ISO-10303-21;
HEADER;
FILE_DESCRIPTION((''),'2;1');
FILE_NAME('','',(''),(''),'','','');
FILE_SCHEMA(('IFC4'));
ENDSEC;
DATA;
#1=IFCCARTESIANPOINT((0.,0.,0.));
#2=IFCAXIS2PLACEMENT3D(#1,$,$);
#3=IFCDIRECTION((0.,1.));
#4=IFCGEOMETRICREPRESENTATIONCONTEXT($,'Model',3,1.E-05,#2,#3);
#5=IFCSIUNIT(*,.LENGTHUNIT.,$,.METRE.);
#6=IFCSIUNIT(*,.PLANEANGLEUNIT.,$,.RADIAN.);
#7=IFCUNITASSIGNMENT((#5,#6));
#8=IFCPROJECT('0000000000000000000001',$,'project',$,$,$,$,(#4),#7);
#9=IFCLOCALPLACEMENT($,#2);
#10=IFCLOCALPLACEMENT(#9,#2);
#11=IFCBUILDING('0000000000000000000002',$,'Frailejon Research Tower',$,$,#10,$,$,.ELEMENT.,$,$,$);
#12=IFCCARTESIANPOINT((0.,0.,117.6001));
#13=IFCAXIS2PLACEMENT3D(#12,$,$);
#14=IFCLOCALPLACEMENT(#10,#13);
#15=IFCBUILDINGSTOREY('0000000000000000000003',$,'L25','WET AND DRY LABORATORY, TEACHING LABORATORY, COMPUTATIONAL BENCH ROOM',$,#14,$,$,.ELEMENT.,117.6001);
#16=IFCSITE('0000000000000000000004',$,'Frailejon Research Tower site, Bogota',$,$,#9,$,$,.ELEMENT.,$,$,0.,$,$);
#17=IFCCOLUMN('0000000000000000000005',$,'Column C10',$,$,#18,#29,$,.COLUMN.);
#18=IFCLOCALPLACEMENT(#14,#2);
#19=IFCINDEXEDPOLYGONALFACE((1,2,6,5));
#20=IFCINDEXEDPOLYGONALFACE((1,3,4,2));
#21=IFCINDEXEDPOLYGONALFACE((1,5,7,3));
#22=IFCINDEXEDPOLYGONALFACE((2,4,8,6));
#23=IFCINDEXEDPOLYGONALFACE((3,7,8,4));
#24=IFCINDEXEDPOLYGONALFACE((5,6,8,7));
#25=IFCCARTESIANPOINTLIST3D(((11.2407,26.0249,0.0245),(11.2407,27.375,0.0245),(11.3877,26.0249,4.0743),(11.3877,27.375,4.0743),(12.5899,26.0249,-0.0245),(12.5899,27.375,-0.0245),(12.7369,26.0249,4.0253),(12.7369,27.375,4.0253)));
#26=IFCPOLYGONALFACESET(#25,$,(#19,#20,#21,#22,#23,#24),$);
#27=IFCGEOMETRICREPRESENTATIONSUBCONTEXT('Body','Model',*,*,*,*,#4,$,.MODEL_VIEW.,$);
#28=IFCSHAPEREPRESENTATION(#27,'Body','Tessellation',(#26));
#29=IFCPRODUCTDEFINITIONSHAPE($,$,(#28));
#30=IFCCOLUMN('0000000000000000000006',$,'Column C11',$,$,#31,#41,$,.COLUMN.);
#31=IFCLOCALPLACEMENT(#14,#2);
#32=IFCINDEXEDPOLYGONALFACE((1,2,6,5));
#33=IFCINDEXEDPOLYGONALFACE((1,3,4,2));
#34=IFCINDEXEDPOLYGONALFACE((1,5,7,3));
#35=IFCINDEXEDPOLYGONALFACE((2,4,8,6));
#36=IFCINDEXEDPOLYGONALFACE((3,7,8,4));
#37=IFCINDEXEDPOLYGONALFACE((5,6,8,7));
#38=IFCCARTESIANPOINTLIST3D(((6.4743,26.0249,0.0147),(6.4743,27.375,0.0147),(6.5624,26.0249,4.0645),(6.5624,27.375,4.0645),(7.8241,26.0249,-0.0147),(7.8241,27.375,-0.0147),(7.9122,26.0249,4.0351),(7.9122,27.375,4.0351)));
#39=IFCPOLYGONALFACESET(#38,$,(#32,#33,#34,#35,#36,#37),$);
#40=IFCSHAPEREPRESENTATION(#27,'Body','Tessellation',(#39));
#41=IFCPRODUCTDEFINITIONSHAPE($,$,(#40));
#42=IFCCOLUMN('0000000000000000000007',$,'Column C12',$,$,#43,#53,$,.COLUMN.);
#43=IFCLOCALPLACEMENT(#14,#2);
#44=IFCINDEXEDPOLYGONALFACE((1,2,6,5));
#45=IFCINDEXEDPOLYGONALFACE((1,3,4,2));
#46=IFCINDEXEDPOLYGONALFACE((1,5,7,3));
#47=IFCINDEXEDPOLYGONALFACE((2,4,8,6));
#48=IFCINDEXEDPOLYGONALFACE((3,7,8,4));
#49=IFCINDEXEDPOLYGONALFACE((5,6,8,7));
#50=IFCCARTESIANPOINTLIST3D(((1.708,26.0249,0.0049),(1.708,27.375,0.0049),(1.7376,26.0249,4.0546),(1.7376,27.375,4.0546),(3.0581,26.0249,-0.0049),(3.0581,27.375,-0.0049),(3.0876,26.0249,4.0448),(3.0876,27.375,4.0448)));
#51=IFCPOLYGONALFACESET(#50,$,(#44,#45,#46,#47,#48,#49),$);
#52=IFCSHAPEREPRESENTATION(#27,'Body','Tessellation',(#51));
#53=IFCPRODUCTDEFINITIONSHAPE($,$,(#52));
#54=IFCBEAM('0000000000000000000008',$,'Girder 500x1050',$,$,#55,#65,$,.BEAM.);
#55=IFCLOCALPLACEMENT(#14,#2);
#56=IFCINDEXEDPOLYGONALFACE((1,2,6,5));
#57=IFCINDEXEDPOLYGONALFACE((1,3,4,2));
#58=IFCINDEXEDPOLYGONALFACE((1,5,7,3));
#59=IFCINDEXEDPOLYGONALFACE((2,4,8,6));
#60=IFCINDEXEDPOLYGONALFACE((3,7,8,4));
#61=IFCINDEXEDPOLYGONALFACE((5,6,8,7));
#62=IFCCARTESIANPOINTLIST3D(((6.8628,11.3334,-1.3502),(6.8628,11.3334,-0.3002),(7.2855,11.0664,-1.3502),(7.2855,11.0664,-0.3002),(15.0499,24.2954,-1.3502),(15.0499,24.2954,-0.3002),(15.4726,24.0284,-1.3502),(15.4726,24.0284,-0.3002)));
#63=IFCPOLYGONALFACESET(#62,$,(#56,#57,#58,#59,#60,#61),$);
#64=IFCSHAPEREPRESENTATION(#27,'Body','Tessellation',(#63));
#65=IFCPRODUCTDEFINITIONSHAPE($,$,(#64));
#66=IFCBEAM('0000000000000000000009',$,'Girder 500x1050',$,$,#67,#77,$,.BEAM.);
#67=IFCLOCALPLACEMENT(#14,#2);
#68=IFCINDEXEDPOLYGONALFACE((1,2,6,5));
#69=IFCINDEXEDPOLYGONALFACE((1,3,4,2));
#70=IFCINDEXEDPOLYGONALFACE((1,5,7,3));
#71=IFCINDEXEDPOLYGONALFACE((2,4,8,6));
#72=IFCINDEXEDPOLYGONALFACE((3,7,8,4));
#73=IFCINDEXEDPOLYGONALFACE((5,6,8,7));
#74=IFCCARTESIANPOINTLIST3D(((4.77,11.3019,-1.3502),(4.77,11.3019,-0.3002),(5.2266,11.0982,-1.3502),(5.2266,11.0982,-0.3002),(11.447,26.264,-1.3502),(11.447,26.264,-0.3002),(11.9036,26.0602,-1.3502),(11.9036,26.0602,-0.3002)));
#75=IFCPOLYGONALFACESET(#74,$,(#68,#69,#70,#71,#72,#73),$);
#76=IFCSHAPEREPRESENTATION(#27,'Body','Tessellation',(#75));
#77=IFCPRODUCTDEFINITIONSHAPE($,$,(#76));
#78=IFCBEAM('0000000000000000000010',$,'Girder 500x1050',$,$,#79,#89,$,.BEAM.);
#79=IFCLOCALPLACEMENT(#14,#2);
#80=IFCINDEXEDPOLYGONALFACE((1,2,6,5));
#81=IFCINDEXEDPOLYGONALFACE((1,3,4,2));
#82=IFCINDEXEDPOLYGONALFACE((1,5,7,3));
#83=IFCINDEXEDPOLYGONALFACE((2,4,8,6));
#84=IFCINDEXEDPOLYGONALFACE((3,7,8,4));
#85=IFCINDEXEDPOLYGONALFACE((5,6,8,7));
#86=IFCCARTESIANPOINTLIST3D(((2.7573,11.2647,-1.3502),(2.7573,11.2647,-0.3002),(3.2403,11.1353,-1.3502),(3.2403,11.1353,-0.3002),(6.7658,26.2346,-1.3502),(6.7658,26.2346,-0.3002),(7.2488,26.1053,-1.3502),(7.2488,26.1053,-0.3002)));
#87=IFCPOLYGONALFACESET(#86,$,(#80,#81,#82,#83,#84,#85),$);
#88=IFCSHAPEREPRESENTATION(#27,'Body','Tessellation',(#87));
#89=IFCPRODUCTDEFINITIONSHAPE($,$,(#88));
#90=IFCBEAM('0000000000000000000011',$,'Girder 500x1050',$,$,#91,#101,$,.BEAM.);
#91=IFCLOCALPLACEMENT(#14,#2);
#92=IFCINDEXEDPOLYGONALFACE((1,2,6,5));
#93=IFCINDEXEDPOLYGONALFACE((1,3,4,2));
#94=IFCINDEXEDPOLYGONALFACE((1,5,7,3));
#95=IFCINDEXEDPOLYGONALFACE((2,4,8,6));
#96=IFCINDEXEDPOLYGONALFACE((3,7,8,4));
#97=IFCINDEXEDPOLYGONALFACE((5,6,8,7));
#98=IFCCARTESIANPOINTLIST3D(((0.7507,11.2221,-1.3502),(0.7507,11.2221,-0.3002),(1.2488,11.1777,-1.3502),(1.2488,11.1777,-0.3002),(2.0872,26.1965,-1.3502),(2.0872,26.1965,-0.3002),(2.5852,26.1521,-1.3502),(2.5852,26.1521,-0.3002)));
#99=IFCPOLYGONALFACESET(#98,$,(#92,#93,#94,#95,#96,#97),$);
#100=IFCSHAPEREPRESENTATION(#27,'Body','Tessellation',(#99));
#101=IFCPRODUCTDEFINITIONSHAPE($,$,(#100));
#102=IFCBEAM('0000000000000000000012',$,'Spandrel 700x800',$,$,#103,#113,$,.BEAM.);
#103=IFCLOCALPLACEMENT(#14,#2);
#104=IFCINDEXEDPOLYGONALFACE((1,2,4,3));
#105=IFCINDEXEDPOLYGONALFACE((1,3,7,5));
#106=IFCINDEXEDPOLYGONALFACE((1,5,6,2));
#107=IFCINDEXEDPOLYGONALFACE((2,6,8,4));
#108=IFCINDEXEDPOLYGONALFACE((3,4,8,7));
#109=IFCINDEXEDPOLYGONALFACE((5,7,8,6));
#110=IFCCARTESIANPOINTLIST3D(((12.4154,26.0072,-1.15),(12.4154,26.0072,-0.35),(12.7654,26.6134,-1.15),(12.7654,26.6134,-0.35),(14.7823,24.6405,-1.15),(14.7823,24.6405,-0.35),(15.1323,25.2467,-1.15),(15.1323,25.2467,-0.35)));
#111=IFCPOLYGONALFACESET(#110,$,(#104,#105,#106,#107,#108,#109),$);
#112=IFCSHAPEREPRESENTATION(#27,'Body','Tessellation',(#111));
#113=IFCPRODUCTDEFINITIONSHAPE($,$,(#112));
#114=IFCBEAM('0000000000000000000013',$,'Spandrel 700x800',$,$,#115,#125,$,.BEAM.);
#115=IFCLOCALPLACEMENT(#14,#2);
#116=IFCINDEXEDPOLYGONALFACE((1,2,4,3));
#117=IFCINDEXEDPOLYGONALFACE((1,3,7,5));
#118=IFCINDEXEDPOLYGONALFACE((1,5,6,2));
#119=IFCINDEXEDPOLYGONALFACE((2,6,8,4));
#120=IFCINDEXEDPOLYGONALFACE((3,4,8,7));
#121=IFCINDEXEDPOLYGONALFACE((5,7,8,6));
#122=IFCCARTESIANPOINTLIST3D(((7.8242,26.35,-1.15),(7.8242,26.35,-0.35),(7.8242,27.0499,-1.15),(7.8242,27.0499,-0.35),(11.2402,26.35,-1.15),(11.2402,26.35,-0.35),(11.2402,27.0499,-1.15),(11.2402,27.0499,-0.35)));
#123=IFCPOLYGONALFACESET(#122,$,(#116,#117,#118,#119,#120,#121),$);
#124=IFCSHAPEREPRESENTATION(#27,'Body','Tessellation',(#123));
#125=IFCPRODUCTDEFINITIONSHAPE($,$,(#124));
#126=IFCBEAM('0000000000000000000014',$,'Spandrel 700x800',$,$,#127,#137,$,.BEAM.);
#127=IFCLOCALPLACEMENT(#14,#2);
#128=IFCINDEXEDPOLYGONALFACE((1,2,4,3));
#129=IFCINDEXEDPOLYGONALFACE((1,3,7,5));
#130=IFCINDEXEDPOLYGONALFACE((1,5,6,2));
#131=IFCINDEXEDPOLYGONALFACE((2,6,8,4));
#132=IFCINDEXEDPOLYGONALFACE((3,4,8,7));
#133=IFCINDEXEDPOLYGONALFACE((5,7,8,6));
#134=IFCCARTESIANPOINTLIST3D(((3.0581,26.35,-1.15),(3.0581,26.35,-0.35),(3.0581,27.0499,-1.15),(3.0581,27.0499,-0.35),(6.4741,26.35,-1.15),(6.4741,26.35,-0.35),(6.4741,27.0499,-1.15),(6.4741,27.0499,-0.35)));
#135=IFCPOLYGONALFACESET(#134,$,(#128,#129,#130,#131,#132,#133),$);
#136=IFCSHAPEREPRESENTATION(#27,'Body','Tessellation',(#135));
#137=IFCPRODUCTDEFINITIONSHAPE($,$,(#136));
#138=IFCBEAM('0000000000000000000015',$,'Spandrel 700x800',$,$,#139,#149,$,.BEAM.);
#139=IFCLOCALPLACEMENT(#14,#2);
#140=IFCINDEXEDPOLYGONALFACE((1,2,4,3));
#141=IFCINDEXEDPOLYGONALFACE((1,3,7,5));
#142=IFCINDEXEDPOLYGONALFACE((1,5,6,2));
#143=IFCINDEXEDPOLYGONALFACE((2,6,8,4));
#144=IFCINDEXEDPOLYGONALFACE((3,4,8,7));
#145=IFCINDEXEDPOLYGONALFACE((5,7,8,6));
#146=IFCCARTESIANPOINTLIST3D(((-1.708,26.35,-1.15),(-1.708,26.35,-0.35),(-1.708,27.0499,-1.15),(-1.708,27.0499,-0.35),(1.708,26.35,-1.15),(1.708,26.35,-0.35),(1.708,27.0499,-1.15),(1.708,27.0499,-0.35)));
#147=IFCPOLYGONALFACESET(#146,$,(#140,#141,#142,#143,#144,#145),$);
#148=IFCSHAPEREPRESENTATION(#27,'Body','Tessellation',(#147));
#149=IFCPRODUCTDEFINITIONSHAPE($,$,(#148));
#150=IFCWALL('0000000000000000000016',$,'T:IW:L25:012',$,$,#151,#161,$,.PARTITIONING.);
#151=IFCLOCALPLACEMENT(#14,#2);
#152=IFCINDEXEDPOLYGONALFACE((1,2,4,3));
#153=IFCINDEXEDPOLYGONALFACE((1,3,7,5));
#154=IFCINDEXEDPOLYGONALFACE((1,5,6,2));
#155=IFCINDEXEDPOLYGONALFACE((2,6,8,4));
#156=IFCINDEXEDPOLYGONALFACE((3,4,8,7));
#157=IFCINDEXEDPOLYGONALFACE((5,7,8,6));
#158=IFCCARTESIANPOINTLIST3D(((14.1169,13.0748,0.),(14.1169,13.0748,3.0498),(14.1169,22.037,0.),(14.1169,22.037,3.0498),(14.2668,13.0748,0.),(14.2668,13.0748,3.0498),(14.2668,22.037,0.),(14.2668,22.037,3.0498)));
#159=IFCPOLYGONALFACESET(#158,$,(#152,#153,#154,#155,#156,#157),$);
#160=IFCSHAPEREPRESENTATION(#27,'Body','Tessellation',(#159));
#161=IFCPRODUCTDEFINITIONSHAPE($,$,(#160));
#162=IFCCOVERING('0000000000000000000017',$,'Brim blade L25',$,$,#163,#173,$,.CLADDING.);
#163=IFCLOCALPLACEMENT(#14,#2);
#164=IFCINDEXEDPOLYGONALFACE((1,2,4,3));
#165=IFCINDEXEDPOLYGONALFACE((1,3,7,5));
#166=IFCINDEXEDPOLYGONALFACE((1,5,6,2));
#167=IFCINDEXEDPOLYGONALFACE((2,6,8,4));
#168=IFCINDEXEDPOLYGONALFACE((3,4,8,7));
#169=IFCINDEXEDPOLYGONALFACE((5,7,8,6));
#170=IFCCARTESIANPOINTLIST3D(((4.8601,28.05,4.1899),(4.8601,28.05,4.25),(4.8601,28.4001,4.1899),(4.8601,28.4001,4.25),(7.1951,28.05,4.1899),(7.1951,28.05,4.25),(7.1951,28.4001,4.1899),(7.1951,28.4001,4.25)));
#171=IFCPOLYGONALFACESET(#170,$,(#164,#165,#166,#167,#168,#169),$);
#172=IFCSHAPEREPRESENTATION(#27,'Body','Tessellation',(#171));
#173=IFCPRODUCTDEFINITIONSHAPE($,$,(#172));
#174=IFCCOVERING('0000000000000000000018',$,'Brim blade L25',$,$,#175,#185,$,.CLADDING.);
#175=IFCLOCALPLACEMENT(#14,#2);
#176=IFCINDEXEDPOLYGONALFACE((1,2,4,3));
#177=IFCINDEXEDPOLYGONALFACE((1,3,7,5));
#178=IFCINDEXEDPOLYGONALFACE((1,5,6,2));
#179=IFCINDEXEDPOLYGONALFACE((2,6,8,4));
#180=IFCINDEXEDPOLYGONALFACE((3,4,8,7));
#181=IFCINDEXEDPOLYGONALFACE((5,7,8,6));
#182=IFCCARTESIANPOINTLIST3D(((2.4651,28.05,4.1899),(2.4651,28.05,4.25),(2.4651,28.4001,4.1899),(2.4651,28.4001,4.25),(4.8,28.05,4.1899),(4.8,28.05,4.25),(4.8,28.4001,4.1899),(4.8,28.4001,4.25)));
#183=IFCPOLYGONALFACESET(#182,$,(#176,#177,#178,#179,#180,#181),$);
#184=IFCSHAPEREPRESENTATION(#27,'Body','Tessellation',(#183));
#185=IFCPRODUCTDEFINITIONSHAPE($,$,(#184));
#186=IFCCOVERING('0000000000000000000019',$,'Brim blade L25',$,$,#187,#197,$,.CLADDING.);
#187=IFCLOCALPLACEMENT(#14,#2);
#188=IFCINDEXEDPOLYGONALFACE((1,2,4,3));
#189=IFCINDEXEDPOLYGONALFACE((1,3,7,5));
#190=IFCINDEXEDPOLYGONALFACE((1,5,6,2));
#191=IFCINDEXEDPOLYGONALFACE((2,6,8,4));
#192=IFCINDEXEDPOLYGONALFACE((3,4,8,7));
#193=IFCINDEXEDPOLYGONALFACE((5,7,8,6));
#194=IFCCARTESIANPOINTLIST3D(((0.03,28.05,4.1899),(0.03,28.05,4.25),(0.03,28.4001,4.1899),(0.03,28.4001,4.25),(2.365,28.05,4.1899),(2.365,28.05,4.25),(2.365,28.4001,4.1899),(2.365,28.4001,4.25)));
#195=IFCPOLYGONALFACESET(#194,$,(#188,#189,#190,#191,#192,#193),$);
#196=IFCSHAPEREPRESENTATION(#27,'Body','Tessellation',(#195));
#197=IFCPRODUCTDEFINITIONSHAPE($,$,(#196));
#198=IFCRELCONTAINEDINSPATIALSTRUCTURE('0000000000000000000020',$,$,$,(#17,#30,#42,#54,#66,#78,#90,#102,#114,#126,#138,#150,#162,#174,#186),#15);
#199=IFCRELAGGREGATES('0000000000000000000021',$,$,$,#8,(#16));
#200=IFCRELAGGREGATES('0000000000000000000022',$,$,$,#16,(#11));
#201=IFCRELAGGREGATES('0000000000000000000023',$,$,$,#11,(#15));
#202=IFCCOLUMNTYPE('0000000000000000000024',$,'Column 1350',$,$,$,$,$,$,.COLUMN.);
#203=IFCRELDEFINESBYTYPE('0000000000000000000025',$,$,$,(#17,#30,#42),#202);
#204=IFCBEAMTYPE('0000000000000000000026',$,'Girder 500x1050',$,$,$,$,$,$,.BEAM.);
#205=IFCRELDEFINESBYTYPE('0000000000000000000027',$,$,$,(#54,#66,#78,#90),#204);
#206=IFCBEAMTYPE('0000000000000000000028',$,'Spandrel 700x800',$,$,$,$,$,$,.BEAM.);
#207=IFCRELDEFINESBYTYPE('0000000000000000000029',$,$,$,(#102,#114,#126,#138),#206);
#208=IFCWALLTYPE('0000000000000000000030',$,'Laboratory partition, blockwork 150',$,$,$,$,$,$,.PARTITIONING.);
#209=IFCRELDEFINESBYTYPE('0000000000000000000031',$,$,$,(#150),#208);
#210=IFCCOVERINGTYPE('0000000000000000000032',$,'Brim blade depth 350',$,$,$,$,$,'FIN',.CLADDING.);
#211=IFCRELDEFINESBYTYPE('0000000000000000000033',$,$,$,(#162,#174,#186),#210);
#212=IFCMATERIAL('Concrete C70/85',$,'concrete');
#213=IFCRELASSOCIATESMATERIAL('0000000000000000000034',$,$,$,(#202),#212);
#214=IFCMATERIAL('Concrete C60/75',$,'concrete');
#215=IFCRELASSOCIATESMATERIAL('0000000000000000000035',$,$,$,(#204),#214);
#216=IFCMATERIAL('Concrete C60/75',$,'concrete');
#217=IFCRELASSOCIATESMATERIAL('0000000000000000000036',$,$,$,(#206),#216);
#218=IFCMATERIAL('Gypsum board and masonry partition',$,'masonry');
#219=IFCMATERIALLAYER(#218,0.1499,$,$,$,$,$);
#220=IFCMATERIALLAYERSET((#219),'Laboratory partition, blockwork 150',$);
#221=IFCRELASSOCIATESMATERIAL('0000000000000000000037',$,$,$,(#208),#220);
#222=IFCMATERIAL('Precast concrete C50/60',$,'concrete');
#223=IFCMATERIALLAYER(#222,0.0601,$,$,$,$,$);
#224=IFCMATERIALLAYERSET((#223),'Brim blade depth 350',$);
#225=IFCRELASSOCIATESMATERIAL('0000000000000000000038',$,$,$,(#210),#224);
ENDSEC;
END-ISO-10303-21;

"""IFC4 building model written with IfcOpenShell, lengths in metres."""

from ifc_helpers import new_model, si_unit, direction, frame, frame_2d, origin, origin_2d, place, context, subcontext, project, spatial, polyline, rectangle, outline, extrude, material, layer, layer_set, material_profile, profile_set, type_object, element, save


model = new_model("IFC4")

# Units and contexts
model_context = context("Model", 3, precision=1e-05, world=origin(), true_north=direction((0.0, 1.0)))
body_context = subcontext(model_context, "Body", "Model", "MODEL_VIEW")
ifc_project = project(units=[si_unit("LENGTHUNIT", "METRE"), si_unit("PLANEANGLEUNIT", "RADIAN")], contexts=[model_context])

# Site, building, storey
site_placement = place(None, origin())
site = spatial("IfcSite", under=ifc_project, at=site_placement, Name="Frailejon Research Tower site, Bogota", CompositionType="ELEMENT", RefElevation=0.0)
building_placement = place(site_placement, origin())
building = spatial("IfcBuilding", under=site, at=building_placement, Name="Frailejon Research Tower", CompositionType="ELEMENT")
storey_placement = place(building_placement, frame((0.0, 0.0, 117.6001)))
storey = spatial("IfcBuildingStorey", under=building, at=storey_placement, Name="L25", Description="WET AND DRY LABORATORY, TEACHING LABORATORY, COMPUTATIONAL BENCH ROOM", CompositionType="ELEMENT", Elevation=117.6001)

# Columns
ifc_material_1 = material(Name="Concrete C70/85", Category="concrete")
ifc_material_profile_1 = material_profile(ifc_material_1, rectangle(XDim=1.3501, YDim=1.3501, at=origin_2d()), Name="Column 1350")
ifc_profile_set_1 = profile_set([ifc_material_profile_1], Name="Concrete C70/85")
column_type = type_object("IfcColumnType", Name="Column 1350", PredefinedType="COLUMN", material=ifc_profile_set_1)
column_1_placement = place(storey_placement, frame((11.9153, 26.7, 0.0), z_axis=(0.036267, 0.0, 0.999342), x_axis=(-0.999342, 0.0, 0.036267)))
element("IfcColumn", 1, at=column_1_placement, inside=storey, type_object=column_type, Name="Column C10", PredefinedType="COLUMN", context=body_context, shape_type="SweptSolid", body=[
    extrude(rectangle(XDim=1.3501, YDim=1.3501, at=origin_2d()), origin(), (0.0, 0.0, 1.0), 4.0525),
])
column_2_placement = place(storey_placement, frame((7.1492, 26.7, 0.0), z_axis=(0.021758, 0.0, 0.999763), x_axis=(-0.999763, 0.0, 0.021758)))
element("IfcColumn", 2, at=column_2_placement, inside=storey, type_object=column_type, Name="Column C11", PredefinedType="COLUMN", context=body_context, shape_type="SweptSolid", body=[
    extrude(rectangle(XDim=1.3501, YDim=1.3501, at=origin_2d()), origin(), (0.0, 0.0, 1.0), 4.0508),
])
column_3_placement = place(storey_placement, frame((2.3831, 26.7, 0.0), z_axis=(0.007294, 0.0, 0.999973), x_axis=(-0.999973, 0.0, 0.007294)))
element("IfcColumn", 3, at=column_3_placement, inside=storey, type_object=column_type, Name="Column C12", PredefinedType="COLUMN", context=body_context, shape_type="SweptSolid", body=[
    extrude(rectangle(XDim=1.3501, YDim=1.3501, at=origin_2d()), origin(), (0.0, 0.0, 1.0), 4.0498),
])

# Beams
ifc_material_2 = material(Name="Concrete C60/75", Category="concrete")
ifc_material_profile_2 = material_profile(ifc_material_2, rectangle(XDim=0.5, YDim=1.05, at=origin_2d()), Name="Girder 500x1050")
ifc_profile_set_2 = profile_set([ifc_material_profile_2], Name="Concrete C60/75")
beam_type_1 = type_object("IfcBeamType", Name="Girder 500x1050", PredefinedType="BEAM", material=ifc_profile_set_2)
beam_1_placement = place(storey_placement, frame((15.2612, 24.1619, -0.8252), z_axis=(-0.534018, -0.845473, 0.0), x_axis=(0.845473, -0.534018, 0.0)))
element("IfcBeam", 4, at=beam_1_placement, inside=storey, type_object=beam_type_1, Name="Girder 500x1050", PredefinedType="BEAM", context=body_context, shape_type="SweptSolid", body=[
    extrude(rectangle(XDim=0.5, YDim=1.05, at=origin_2d()), origin(), (0.0, 0.0, 1.0), 15.3311),
])
beam_2_placement = place(storey_placement, frame((11.6753, 26.1621, -0.8252), z_axis=(-0.407522, -0.913195, 0.0), x_axis=(0.913195, -0.407522, 0.0)))
element("IfcBeam", 5, at=beam_2_placement, inside=storey, type_object=beam_type_1, Name="Girder 500x1050", PredefinedType="BEAM", context=body_context, shape_type="SweptSolid", body=[
    extrude(rectangle(XDim=0.5, YDim=1.05, at=origin_2d()), origin(), (0.0, 0.0, 1.0), 16.3843),
])
beam_3_placement = place(storey_placement, frame((7.0073, 26.1699, -0.8252), z_axis=(-0.25866, -0.965969, 0.0), x_axis=(0.965969, -0.25866, 0.0)))
element("IfcBeam", 6, at=beam_3_placement, inside=storey, type_object=beam_type_1, Name="Girder 500x1050", PredefinedType="BEAM", context=body_context, shape_type="SweptSolid", body=[
    extrude(rectangle(XDim=0.5, YDim=1.05, at=origin_2d()), origin(), (0.0, 0.0, 1.0), 15.4973),
])
beam_4_placement = place(storey_placement, frame((2.3362, 26.1743, -0.8252), z_axis=(-0.088894, -0.996041, 0.0), x_axis=(0.996041, -0.088894, 0.0)))
element("IfcBeam", 7, at=beam_4_placement, inside=storey, type_object=beam_type_1, Name="Girder 500x1050", PredefinedType="BEAM", context=body_context, shape_type="SweptSolid", body=[
    extrude(rectangle(XDim=0.5, YDim=1.05, at=origin_2d()), origin(), (0.0, 0.0, 1.0), 15.0339),
])
ifc_material_3 = material(Name="Concrete C60/75", Category="concrete")
ifc_material_profile_3 = material_profile(ifc_material_3, rectangle(XDim=0.7, YDim=0.8, at=origin_2d()), Name="Spandrel 700x800")
ifc_profile_set_3 = profile_set([ifc_material_profile_3], Name="Concrete C60/75")
beam_type_2 = type_object("IfcBeamType", Name="Spandrel 700x800", PredefinedType="BEAM", material=ifc_profile_set_3)
beam_5_placement = place(storey_placement, frame((14.9573, 24.9436, -0.75), z_axis=(-0.866003, 0.500039, 0.0), x_axis=(-0.500039, -0.866003, 0.0)))
element("IfcBeam", 8, at=beam_5_placement, inside=storey, type_object=beam_type_2, Name="Spandrel 700x800", PredefinedType="BEAM", context=body_context, shape_type="SweptSolid", body=[
    extrude(rectangle(XDim=0.7, YDim=0.8, at=origin_2d()), origin(), (0.0, 0.0, 1.0), 2.7332),
])
for number, where, z_axis, x_axis, name in (
    (9, (11.2402, 26.7, -0.75), (-1.0, 0.0, 0.0), (0.0, -1.0, 0.0), "Spandrel 700x800"),
    (10, (6.4741, 26.7, -0.75), (-1.0, 0.0, 0.0), (0.0, -1.0, 0.0), "Spandrel 700x800"),
    (11, (1.708, 26.7, -0.75), (-1.0, 0.0, 0.0), (0.0, -1.0, 0.0), "Spandrel 700x800"),
):
    element("IfcBeam", number, at=place(storey_placement, frame(where, z_axis=z_axis, x_axis=x_axis)), inside=storey, type_object=beam_type_2, Name=name, PredefinedType="BEAM", context=body_context, shape_type="SweptSolid", body=[
        extrude(rectangle(XDim=0.7, YDim=0.8, at=origin_2d()), origin(), (0.0, 0.0, 1.0), 3.416),
    ])

# Wall
ifc_material_4 = material(Name="Gypsum board and masonry partition", Category="masonry")
ifc_layer_1 = layer(ifc_material_4, 0.1499)
ifc_layer_set_1 = layer_set([ifc_layer_1], Name="Laboratory partition, blockwork 150")
wall_type_1 = type_object("IfcWallType", Name="Laboratory partition, blockwork 150", PredefinedType="PARTITIONING", material=ifc_layer_set_1)
wall_1_placement = place(storey_placement, frame((14.1919, 13.075, 0.0), z_axis=(0.0, 0.0, 1.0), x_axis=(0.0, 1.0, 0.0)))
element("IfcWall", 12, at=wall_1_placement, inside=storey, type_object=wall_type_1, Name="T:IW:L25:012", PredefinedType="PARTITIONING", context=body_context, shape_type="SweptSolid", body=[
    extrude(rectangle(XDim=8.9622, YDim=0.1499, at=frame_2d((4.481, 0.0))), origin(), (0.0, 0.0, 1.0), 3.0498),
])

# Coverings
ifc_material_5 = material(Name="Precast concrete C50/60", Category="concrete")
ifc_layer_2 = layer(ifc_material_5, 0.0601)
ifc_layer_set_2 = layer_set([ifc_layer_2], Name="Brim blade depth 350")
covering_type_1 = type_object("IfcCoveringType", Name="Brim blade depth 350", ElementType="FIN", PredefinedType="CLADDING", material=ifc_layer_set_2)
for number, where, z_axis, x_axis, name in (
    (13, (4.8601, 28.05, 4.25), (1.0, 0.0, 0.0), (0.0, 1.0, 0.0), "Brim blade L25"),
    (14, (2.4651, 28.05, 4.25), (1.0, 0.0, 0.0), (0.0, 1.0, 0.0), "Brim blade L25"),
    (15, (0.03, 28.05, 4.25), (1.0, 0.0, 0.0), (0.0, 1.0, 0.0), "Brim blade L25"),
):
    element("IfcCovering", number, at=place(storey_placement, frame(where, z_axis=z_axis, x_axis=x_axis)), inside=storey, type_object=covering_type_1, Name=name, PredefinedType="CLADDING", context=body_context, shape_type="SweptSolid", body=[
        extrude(outline(polyline([(0.0, -0.0601), (0.3501, -0.0601), (0.3501, 0.0), (0.0, 0.0), (0.0, -0.0601)])), origin(), (0.0, 0.0, 1.0), 2.335),
    ])

save(model, "model.ifc")
